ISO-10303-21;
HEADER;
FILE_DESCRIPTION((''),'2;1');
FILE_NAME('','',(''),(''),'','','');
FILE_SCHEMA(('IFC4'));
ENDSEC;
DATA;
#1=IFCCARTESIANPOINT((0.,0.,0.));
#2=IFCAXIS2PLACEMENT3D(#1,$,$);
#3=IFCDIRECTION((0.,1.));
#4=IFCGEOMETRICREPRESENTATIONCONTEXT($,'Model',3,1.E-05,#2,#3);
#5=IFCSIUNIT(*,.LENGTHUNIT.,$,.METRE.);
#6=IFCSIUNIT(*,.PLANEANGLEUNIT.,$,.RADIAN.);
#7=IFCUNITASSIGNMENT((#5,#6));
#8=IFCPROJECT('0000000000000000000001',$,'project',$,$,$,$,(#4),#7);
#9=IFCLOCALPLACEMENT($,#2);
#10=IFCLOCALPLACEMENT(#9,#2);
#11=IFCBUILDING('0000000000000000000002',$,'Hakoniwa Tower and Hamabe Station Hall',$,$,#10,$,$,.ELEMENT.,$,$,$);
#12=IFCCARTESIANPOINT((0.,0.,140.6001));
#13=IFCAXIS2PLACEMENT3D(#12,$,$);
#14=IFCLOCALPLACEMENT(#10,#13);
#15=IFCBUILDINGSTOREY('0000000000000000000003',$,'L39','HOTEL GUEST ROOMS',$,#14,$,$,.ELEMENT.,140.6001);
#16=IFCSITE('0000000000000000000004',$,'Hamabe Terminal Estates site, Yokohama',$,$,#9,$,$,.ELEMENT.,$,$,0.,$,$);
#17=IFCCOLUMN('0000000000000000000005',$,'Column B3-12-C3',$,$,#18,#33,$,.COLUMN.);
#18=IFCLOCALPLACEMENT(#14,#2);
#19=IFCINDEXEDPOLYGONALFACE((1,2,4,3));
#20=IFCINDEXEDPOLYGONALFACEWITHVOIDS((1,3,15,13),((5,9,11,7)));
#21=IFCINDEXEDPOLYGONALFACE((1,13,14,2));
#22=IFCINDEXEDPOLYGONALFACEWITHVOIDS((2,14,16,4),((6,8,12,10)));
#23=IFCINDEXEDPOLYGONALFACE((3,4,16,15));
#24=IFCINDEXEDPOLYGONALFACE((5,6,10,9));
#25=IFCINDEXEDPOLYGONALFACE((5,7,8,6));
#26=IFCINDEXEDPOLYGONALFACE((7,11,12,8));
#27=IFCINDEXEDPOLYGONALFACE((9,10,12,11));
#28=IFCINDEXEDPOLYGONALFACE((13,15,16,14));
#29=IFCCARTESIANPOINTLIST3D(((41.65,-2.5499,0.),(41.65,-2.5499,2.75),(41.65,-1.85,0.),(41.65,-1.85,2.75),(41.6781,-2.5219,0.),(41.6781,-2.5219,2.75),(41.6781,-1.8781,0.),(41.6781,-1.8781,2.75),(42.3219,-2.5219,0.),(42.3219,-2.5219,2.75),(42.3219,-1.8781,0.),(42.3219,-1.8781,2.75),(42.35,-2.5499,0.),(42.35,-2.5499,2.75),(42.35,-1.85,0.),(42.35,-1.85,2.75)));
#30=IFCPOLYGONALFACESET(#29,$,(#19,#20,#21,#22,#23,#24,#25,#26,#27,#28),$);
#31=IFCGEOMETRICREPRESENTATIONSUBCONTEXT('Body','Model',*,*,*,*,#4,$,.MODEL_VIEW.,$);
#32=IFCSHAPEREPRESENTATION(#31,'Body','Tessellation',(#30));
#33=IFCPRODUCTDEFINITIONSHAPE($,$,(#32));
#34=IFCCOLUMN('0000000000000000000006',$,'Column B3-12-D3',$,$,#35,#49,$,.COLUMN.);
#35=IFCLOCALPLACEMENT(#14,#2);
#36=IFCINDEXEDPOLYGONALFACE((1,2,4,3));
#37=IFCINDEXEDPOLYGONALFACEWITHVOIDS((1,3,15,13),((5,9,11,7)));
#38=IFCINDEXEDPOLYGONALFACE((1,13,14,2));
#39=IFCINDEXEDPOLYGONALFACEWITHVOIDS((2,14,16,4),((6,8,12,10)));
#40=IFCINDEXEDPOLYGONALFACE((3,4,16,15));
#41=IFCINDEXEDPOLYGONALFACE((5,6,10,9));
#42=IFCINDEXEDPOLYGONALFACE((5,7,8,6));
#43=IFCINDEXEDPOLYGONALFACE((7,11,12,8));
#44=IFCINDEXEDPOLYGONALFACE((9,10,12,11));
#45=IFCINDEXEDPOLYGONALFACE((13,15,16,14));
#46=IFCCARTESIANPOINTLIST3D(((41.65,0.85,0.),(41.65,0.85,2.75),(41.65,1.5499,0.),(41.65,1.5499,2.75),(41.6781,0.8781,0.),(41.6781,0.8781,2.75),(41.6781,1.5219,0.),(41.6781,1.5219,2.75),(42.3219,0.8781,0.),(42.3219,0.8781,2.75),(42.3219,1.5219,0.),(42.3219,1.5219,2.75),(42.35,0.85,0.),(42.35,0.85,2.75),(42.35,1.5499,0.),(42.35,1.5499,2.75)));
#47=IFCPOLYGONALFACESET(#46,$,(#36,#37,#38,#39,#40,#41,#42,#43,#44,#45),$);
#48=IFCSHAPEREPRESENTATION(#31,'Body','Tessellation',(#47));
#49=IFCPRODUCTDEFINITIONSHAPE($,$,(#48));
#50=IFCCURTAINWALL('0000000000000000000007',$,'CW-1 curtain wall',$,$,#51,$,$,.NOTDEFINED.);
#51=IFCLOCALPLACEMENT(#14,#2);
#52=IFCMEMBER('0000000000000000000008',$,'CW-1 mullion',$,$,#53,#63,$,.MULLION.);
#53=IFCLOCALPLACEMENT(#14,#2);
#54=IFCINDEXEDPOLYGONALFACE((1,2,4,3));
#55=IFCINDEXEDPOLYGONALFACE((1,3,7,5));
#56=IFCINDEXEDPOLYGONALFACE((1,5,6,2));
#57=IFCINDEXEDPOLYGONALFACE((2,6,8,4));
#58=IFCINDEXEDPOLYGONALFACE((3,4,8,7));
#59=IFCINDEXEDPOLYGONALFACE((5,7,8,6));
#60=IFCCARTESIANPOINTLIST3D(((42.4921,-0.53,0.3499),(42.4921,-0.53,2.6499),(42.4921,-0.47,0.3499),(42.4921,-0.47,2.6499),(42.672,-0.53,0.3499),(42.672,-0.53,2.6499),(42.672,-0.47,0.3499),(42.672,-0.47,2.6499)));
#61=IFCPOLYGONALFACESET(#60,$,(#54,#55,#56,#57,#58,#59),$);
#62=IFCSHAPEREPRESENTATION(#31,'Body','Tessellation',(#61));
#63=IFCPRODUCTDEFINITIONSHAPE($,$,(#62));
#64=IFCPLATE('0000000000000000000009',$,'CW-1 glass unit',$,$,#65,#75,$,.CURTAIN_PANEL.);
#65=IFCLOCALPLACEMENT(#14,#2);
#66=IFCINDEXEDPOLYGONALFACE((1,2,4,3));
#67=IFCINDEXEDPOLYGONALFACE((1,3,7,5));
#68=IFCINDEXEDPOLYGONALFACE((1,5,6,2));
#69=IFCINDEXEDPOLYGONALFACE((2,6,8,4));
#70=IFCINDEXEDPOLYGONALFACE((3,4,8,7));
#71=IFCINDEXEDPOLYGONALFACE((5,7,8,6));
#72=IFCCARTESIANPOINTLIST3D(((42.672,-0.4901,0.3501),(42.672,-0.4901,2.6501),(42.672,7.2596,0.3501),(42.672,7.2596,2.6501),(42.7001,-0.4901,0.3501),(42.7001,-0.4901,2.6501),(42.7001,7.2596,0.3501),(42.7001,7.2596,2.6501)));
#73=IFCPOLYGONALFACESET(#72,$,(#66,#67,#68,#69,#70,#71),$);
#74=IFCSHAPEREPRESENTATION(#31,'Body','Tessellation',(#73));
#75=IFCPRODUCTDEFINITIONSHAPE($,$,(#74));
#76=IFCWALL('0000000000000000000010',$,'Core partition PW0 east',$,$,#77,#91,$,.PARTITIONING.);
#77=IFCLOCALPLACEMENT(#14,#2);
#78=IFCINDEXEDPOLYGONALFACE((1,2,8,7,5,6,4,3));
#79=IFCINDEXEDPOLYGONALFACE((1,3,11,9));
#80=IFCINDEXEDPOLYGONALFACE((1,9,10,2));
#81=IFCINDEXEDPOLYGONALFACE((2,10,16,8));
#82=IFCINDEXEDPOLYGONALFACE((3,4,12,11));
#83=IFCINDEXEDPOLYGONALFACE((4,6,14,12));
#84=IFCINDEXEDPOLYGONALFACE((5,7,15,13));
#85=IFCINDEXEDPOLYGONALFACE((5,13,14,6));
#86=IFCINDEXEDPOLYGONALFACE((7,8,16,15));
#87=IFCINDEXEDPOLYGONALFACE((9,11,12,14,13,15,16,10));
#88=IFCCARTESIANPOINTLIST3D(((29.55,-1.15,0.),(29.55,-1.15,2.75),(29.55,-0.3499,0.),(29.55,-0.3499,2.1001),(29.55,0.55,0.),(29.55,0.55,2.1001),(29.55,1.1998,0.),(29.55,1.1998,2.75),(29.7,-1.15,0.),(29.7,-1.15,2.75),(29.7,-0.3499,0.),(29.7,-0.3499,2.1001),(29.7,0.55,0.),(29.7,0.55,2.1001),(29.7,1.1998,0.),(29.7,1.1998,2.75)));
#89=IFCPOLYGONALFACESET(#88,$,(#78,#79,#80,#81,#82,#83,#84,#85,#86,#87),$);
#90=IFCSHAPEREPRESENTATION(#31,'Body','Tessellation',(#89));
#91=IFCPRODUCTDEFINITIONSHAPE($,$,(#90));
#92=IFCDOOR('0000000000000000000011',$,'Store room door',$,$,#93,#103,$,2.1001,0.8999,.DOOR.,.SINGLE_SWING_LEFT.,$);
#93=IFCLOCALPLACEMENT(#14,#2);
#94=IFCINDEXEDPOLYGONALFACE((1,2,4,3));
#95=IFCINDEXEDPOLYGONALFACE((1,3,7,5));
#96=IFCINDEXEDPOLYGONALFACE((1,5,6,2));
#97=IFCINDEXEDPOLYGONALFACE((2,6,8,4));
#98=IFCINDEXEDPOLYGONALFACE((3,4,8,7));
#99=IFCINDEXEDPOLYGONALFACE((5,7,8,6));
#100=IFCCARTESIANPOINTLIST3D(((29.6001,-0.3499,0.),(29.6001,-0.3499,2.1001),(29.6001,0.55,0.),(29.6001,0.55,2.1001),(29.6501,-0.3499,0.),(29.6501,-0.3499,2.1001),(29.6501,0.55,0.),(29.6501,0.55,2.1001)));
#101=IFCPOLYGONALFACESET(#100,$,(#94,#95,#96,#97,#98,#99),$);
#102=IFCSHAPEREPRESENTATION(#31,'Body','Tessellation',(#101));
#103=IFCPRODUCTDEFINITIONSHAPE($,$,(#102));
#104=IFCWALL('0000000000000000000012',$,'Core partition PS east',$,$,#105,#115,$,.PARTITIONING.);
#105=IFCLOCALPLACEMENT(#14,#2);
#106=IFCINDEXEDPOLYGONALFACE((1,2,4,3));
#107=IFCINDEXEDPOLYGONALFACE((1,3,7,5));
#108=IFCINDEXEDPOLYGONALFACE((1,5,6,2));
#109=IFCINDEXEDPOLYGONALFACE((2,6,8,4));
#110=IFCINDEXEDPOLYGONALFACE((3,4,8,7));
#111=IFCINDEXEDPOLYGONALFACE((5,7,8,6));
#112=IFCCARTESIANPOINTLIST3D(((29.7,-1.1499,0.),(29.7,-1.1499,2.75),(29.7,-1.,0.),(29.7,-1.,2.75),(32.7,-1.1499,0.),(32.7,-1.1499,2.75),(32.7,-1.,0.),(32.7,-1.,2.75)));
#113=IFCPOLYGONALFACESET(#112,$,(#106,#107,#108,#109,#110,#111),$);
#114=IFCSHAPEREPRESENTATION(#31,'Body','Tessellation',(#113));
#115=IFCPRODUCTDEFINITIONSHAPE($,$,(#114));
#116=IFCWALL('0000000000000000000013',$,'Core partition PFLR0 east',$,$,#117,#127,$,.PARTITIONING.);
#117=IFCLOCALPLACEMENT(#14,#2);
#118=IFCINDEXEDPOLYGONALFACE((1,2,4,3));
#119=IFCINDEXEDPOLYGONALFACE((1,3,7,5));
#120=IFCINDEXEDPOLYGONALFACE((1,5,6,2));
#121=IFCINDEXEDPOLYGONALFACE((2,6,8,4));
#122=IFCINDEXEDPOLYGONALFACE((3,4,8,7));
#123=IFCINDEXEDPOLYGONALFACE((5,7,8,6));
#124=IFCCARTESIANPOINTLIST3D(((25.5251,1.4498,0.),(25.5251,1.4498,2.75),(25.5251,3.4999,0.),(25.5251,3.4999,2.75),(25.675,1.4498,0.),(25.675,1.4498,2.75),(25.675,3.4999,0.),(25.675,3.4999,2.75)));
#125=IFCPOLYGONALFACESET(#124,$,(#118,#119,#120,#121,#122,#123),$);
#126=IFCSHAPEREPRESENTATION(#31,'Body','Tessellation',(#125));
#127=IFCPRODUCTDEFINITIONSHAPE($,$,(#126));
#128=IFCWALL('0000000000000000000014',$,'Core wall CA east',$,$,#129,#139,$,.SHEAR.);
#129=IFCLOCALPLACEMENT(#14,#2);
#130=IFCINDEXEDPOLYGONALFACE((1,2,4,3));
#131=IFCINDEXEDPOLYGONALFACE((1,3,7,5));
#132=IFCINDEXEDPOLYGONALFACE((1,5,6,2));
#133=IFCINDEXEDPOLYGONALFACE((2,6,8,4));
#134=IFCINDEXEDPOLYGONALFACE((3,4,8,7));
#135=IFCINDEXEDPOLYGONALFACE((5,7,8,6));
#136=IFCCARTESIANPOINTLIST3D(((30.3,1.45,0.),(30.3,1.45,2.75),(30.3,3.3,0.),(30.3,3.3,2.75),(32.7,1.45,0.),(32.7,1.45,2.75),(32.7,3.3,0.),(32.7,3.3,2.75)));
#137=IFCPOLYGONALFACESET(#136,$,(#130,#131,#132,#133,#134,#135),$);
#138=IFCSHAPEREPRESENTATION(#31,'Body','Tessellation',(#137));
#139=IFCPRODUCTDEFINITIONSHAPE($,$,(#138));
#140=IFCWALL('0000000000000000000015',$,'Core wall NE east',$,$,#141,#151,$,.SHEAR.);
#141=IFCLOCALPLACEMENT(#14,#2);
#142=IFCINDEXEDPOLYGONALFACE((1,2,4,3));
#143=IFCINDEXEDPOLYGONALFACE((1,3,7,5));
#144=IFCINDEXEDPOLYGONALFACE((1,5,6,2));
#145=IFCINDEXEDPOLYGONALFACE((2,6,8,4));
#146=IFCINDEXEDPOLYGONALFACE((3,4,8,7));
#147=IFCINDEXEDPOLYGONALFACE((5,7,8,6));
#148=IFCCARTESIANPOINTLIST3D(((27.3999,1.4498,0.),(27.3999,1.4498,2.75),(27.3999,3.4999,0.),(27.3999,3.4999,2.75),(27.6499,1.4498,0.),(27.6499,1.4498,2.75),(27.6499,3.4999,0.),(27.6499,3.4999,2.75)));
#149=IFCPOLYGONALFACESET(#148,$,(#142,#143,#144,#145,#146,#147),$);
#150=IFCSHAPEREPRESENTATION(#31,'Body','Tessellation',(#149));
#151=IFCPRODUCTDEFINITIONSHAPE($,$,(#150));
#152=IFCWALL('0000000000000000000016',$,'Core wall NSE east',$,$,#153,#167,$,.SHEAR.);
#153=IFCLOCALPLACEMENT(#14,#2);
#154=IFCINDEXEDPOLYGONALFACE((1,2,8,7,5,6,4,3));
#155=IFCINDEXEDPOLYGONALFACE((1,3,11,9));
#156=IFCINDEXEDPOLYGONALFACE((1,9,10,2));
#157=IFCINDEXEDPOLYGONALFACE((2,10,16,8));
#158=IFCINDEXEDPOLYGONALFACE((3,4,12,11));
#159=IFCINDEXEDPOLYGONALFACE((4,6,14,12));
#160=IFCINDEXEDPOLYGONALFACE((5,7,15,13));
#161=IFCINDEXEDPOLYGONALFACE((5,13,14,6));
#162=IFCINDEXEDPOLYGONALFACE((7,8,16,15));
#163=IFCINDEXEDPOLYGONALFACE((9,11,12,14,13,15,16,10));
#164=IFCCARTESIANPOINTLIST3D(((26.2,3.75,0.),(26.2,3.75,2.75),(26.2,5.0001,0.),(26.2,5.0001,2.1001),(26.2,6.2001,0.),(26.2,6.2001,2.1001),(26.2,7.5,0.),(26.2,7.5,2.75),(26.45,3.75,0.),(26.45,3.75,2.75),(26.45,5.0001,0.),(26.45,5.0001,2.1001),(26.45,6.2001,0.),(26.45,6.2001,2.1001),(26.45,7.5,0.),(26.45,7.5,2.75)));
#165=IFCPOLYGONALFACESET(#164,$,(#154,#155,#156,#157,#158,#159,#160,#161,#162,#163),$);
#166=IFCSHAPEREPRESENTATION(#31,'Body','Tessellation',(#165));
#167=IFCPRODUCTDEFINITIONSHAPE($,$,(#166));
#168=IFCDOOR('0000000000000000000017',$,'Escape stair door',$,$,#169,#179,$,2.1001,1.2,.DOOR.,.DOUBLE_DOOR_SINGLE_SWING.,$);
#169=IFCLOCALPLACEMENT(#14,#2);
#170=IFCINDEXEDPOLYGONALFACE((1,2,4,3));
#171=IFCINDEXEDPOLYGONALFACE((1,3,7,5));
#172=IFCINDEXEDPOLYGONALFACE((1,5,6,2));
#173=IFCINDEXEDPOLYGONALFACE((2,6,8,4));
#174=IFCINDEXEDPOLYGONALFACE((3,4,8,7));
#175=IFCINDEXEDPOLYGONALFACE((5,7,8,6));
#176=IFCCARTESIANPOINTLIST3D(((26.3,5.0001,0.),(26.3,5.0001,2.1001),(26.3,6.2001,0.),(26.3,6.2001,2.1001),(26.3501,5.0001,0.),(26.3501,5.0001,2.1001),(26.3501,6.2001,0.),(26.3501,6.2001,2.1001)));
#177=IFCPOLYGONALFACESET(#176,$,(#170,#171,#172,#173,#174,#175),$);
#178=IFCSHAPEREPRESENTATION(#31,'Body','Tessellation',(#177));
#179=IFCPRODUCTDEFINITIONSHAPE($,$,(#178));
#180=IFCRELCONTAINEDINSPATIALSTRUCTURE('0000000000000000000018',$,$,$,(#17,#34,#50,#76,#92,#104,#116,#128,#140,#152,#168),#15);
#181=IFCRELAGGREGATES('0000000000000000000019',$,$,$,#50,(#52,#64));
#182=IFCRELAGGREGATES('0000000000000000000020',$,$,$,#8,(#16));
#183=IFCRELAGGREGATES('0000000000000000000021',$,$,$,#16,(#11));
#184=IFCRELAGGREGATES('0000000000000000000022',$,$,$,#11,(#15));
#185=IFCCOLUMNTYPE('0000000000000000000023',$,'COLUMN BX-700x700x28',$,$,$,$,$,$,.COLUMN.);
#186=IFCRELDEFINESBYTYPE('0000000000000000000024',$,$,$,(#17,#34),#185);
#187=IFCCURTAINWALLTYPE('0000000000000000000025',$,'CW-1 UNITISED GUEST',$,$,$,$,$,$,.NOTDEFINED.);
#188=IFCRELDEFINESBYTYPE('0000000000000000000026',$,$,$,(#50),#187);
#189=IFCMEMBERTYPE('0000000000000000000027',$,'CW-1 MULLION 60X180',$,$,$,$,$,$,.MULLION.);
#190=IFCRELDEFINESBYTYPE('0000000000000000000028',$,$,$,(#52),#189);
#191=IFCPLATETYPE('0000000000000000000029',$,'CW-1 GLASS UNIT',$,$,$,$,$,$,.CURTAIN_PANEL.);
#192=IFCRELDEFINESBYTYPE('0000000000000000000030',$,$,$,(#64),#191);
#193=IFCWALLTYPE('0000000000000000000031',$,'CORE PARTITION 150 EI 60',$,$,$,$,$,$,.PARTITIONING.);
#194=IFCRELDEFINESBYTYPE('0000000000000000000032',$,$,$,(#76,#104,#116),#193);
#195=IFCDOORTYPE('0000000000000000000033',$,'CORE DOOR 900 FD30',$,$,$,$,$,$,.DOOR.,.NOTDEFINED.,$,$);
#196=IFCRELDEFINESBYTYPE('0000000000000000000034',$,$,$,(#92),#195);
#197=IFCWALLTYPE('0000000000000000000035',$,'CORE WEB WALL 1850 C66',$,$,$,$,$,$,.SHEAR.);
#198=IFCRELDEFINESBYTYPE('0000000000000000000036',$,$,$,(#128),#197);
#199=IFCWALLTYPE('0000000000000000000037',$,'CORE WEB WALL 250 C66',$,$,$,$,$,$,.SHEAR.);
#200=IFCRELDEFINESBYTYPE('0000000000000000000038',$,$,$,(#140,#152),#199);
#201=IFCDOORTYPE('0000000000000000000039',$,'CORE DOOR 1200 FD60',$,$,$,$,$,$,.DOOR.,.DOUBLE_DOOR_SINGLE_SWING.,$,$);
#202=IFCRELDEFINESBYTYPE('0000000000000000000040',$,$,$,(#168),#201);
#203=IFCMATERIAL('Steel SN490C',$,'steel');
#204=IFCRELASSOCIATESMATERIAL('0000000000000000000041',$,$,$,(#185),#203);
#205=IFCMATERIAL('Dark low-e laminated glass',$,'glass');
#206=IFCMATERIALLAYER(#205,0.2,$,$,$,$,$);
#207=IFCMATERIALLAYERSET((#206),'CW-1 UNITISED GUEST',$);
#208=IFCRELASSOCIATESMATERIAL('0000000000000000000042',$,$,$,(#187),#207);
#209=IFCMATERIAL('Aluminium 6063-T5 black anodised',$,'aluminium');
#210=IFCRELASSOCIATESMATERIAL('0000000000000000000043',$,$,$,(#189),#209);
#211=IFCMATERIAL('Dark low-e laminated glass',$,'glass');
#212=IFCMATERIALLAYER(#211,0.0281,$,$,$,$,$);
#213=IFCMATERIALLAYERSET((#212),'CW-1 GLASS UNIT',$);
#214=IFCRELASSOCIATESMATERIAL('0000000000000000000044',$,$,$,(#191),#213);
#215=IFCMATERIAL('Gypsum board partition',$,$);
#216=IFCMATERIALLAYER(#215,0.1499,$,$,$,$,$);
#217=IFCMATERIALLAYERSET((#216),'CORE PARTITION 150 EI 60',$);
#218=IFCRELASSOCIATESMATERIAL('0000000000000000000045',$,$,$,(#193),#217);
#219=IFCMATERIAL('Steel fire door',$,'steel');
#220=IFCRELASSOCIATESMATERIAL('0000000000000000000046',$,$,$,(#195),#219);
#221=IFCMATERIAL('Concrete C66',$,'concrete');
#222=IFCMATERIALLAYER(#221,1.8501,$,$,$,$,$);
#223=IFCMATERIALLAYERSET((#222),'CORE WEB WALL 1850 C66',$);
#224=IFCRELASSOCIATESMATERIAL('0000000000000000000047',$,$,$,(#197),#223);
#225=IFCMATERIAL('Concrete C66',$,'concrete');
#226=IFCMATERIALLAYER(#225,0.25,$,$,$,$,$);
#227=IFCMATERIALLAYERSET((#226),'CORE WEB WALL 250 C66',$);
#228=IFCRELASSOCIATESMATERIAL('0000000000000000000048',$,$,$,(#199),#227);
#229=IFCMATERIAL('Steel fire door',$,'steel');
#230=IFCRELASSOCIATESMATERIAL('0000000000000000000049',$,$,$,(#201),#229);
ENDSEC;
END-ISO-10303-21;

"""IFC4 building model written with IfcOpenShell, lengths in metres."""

from ifc_helpers import new_model, si_unit, direction, frame, frame_2d, origin, origin_2d, place, context, subcontext, project, spatial, rectangle, hollow_rectangle, extrude, material, layer, layer_set, material_profile, profile_set, type_object, element, fill, aggregate, save


model = new_model("IFC4")

# Units and contexts
model_context = context("Model", 3, precision=1e-05, world=origin(), true_north=direction((0.0, 1.0)))
body_context = subcontext(model_context, "Body", "Model", "MODEL_VIEW")
ifc_project = project(units=[si_unit("LENGTHUNIT", "METRE"), si_unit("PLANEANGLEUNIT", "RADIAN")], contexts=[model_context])

# Site, building, storey
site_placement = place(None, origin())
site = spatial("IfcSite", under=ifc_project, at=site_placement, Name="Hamabe Terminal Estates site, Yokohama", CompositionType="ELEMENT", RefElevation=0.0)
building_placement = place(site_placement, origin())
building = spatial("IfcBuilding", under=site, at=building_placement, Name="Hakoniwa Tower and Hamabe Station Hall", CompositionType="ELEMENT")
storey_placement = place(building_placement, frame((0.0, 0.0, 140.6001)))
storey = spatial("IfcBuildingStorey", under=building, at=storey_placement, Name="L39", Description="HOTEL GUEST ROOMS", CompositionType="ELEMENT", Elevation=140.6001)

# Columns
ifc_material_1 = material(Name="Steel SN490C", Category="steel")
ifc_material_profile_1 = material_profile(ifc_material_1, hollow_rectangle(XDim=0.7, YDim=0.7, WallThickness=0.0281, at=origin_2d()), Name="BX-700x700x28")
ifc_profile_set_1 = profile_set([ifc_material_profile_1], Name="Steel SN490C")
column_type = type_object("IfcColumnType", Name="COLUMN BX-700x700x28", PredefinedType="COLUMN", material=ifc_profile_set_1)
for number, where, z_axis, x_axis, name in (
    (1, (42.0, -2.2, 0.0), (0.0, 0.0, 1.0), (1.0, 0.0, 0.0), "Column B3-12-C3"),
    (2, (42.0, 1.2, 0.0), (0.0, 0.0, 1.0), (1.0, 0.0, 0.0), "Column B3-12-D3"),
):
    element("IfcColumn", number, at=place(storey_placement, frame(where, z_axis=z_axis, x_axis=x_axis)), inside=storey, type_object=column_type, Name=name, PredefinedType="COLUMN", context=body_context, shape_type="SweptSolid", body=[
        extrude(hollow_rectangle(XDim=0.7, YDim=0.7, WallThickness=0.0281, at=origin_2d()), origin(), (0.0, 0.0, 1.0), 2.75),
    ])

# Curtain wall, member, plate
ifc_material_2 = material(Name="Dark low-e laminated glass", Category="glass")
ifc_layer_1 = layer(ifc_material_2, 0.2)
ifc_layer_set_1 = layer_set([ifc_layer_1], Name="CW-1 UNITISED GUEST")
curtain_wall_type = type_object("IfcCurtainWallType", Name="CW-1 UNITISED GUEST", PredefinedType="NOTDEFINED", material=ifc_layer_set_1)
curtain_wall_placement = place(storey_placement, origin())
curtain_wall = element("IfcCurtainWall", 3, at=curtain_wall_placement, inside=storey, type_object=curtain_wall_type, Name="CW-1 curtain wall", PredefinedType="NOTDEFINED")
ifc_material_3 = material(Name="Aluminium 6063-T5 black anodised", Category="aluminium")
ifc_material_profile_2 = material_profile(ifc_material_3, rectangle(XDim=0.0601, YDim=0.1799, at=origin_2d()), Name="CW-1 MULLION 60X180")
ifc_profile_set_2 = profile_set([ifc_material_profile_2], Name="Aluminium 6063-T5 black anodised")
member_type = type_object("IfcMemberType", Name="CW-1 MULLION 60X180", PredefinedType="MULLION", material=ifc_profile_set_2)
member_placement = place(storey_placement, frame((42.582, -0.5, 0.3499), z_axis=(0.0, 0.0, 1.0), x_axis=(0.0, 1.0, 0.0)))
member = element("IfcMember", 4, at=member_placement, type_object=member_type, Name="CW-1 mullion", PredefinedType="MULLION", context=body_context, shape_type="SweptSolid", body=[
    extrude(rectangle(XDim=0.0601, YDim=0.1799, at=origin_2d()), origin(), (0.0, 0.0, 1.0), 2.3),
])
ifc_material_4 = material(Name="Dark low-e laminated glass", Category="glass")
ifc_layer_2 = layer(ifc_material_4, 0.0281)
ifc_layer_set_2 = layer_set([ifc_layer_2], Name="CW-1 GLASS UNIT")
plate_type = type_object("IfcPlateType", Name="CW-1 GLASS UNIT", PredefinedType="CURTAIN_PANEL", material=ifc_layer_set_2)
plate_placement = place(storey_placement, frame((42.686, 3.3848, 0.3501), z_axis=(0.0, 0.0, 1.0), x_axis=(0.0, 1.0, 0.0)))
plate = element("IfcPlate", 5, at=plate_placement, type_object=plate_type, Name="CW-1 glass unit", PredefinedType="CURTAIN_PANEL", context=body_context, shape_type="SweptSolid", body=[
    extrude(rectangle(XDim=7.7498, YDim=0.0281, at=origin_2d()), origin(), (0.0, 0.0, 1.0), 2.3),
])
aggregate(curtain_wall, [member, plate])

# Wall, opening, door
ifc_material_5 = material(Name="Gypsum board partition")
ifc_layer_3 = layer(ifc_material_5, 0.1499)
ifc_layer_set_3 = layer_set([ifc_layer_3], Name="CORE PARTITION 150 EI 60")
wall_type_1 = type_object("IfcWallType", Name="CORE PARTITION 150 EI 60", PredefinedType="PARTITIONING", material=ifc_layer_set_3)
wall_1_placement = place(storey_placement, frame((29.625, -1.1499, 0.0), z_axis=(0.0, 0.0, 1.0), x_axis=(0.0, 1.0, 0.0)))
wall_1 = element("IfcWall", 6, at=wall_1_placement, inside=storey, type_object=wall_type_1, Name="Core partition PW0 east", PredefinedType="PARTITIONING", context=body_context, shape_type="SweptSolid", body=[
    extrude(rectangle(XDim=2.3499, YDim=0.1499, at=frame_2d((1.1748, 0.0))), origin(), (0.0, 0.0, 1.0), 2.75),
])
opening_1_placement = place(wall_1_placement, frame((0.8, 0.0, 0.0)))
opening_1 = element("IfcOpeningElement", 7, at=opening_1_placement, cuts=wall_1, PredefinedType="OPENING", context=body_context, shape_type="SweptSolid", body=[
    extrude(rectangle(XDim=0.8999, YDim=2.1001, at=frame_2d((0.45, 1.05))), frame((0.0, 0.085, 0.0), z_axis=(0.0, -1.0, 0.0), x_axis=(1.0, 0.0, 0.0)), (0.0, 0.0, 1.0), 0.1699),
])
ifc_material_6 = material(Name="Steel fire door", Category="steel")
door_type_1 = type_object("IfcDoorType", Name="CORE DOOR 900 FD30", OperationType="NOTDEFINED", PredefinedType="DOOR", material=ifc_material_6)
door_1_placement = place(opening_1_placement, origin())
door_1 = element("IfcDoor", 8, at=door_1_placement, inside=storey, type_object=door_type_1, Name="Store room door", OperationType="SINGLE_SWING_LEFT", OverallHeight=2.1001, OverallWidth=0.8999, PredefinedType="DOOR", context=body_context, shape_type="SweptSolid", body=[
    extrude(rectangle(XDim=0.8999, YDim=2.1001, at=frame_2d((0.45, 1.05))), frame((0.0, 0.0249, 0.0), z_axis=(0.0, -1.0, 0.0), x_axis=(1.0, 0.0, 0.0)), (0.0, 0.0, 1.0), 0.05),
])
fill(opening_1, door_1)

# Walls
wall_2_placement = place(storey_placement, frame((29.7, -1.075, 0.0), z_axis=(0.0, 0.0, 1.0), x_axis=(1.0, 0.0, 0.0)))
element("IfcWall", 9, at=wall_2_placement, inside=storey, type_object=wall_type_1, Name="Core partition PS east", PredefinedType="PARTITIONING", context=body_context, shape_type="SweptSolid", body=[
    extrude(rectangle(XDim=3.0, YDim=0.1499, at=frame_2d((1.5, 0.0))), origin(), (0.0, 0.0, 1.0), 2.75),
])
wall_3_placement = place(storey_placement, frame((25.6001, 1.45, 0.0), z_axis=(0.0, 0.0, 1.0), x_axis=(0.0, 1.0, 0.0)))
element("IfcWall", 10, at=wall_3_placement, inside=storey, type_object=wall_type_1, Name="Core partition PFLR0 east", PredefinedType="PARTITIONING", context=body_context, shape_type="SweptSolid", body=[
    extrude(rectangle(XDim=2.05, YDim=0.1499, at=frame_2d((1.0249, 0.0))), origin(), (0.0, 0.0, 1.0), 2.75),
])
ifc_material_7 = material(Name="Concrete C66", Category="concrete")
ifc_layer_4 = layer(ifc_material_7, 1.8501)
ifc_layer_set_4 = layer_set([ifc_layer_4], Name="CORE WEB WALL 1850 C66")
wall_type_2 = type_object("IfcWallType", Name="CORE WEB WALL 1850 C66", PredefinedType="SHEAR", material=ifc_layer_set_4)
wall_4_placement = place(storey_placement, frame((30.3, 2.375, 0.0), z_axis=(0.0, 0.0, 1.0), x_axis=(1.0, 0.0, 0.0)))
element("IfcWall", 11, at=wall_4_placement, inside=storey, type_object=wall_type_2, Name="Core wall CA east", PredefinedType="SHEAR", context=body_context, shape_type="SweptSolid", body=[
    extrude(rectangle(XDim=2.3999, YDim=1.8501, at=frame_2d((1.2, 0.0))), origin(), (0.0, 0.0, 1.0), 2.75),
])
ifc_material_8 = material(Name="Concrete C66", Category="concrete")
ifc_layer_5 = layer(ifc_material_8, 0.25)
ifc_layer_set_5 = layer_set([ifc_layer_5], Name="CORE WEB WALL 250 C66")
wall_type_3 = type_object("IfcWallType", Name="CORE WEB WALL 250 C66", PredefinedType="SHEAR", material=ifc_layer_set_5)
wall_5_placement = place(storey_placement, frame((27.5249, 1.45, 0.0), z_axis=(0.0, 0.0, 1.0), x_axis=(0.0, 1.0, 0.0)))
element("IfcWall", 12, at=wall_5_placement, inside=storey, type_object=wall_type_3, Name="Core wall NE east", PredefinedType="SHEAR", context=body_context, shape_type="SweptSolid", body=[
    extrude(rectangle(XDim=2.05, YDim=0.25, at=frame_2d((1.0249, 0.0))), origin(), (0.0, 0.0, 1.0), 2.75),
])

# Wall, opening, door
wall_6_placement = place(storey_placement, frame((26.325, 3.75, 0.0), z_axis=(0.0, 0.0, 1.0), x_axis=(0.0, 1.0, 0.0)))
wall_6 = element("IfcWall", 13, at=wall_6_placement, inside=storey, type_object=wall_type_3, Name="Core wall NSE east", PredefinedType="SHEAR", context=body_context, shape_type="SweptSolid", body=[
    extrude(rectangle(XDim=3.75, YDim=0.25, at=frame_2d((1.875, 0.0))), origin(), (0.0, 0.0, 1.0), 2.75),
])
opening_2_placement = place(wall_6_placement, frame((1.25, 0.0, 0.0)))
opening_2 = element("IfcOpeningElement", 14, at=opening_2_placement, cuts=wall_6, PredefinedType="OPENING", context=body_context, shape_type="SweptSolid", body=[
    extrude(rectangle(XDim=1.2, YDim=2.1001, at=frame_2d((0.6001, 1.05))), frame((0.0, 0.135, 0.0), z_axis=(0.0, -1.0, 0.0), x_axis=(1.0, 0.0, 0.0)), (0.0, 0.0, 1.0), 0.27),
])
ifc_material_9 = material(Name="Steel fire door", Category="steel")
door_type_2 = type_object("IfcDoorType", Name="CORE DOOR 1200 FD60", OperationType="DOUBLE_DOOR_SINGLE_SWING", PredefinedType="DOOR", material=ifc_material_9)
door_2_placement = place(opening_2_placement, origin())
door_2 = element("IfcDoor", 15, at=door_2_placement, inside=storey, type_object=door_type_2, Name="Escape stair door", OperationType="DOUBLE_DOOR_SINGLE_SWING", OverallHeight=2.1001, OverallWidth=1.2, PredefinedType="DOOR", context=body_context, shape_type="SweptSolid", body=[
    extrude(rectangle(XDim=1.2, YDim=2.1001, at=frame_2d((0.6001, 1.05))), frame((0.0, 0.0249, 0.0), z_axis=(0.0, -1.0, 0.0), x_axis=(1.0, 0.0, 0.0)), (0.0, 0.0, 1.0), 0.05),
])
fill(opening_2, door_2)

save(model, "model.ifc")
